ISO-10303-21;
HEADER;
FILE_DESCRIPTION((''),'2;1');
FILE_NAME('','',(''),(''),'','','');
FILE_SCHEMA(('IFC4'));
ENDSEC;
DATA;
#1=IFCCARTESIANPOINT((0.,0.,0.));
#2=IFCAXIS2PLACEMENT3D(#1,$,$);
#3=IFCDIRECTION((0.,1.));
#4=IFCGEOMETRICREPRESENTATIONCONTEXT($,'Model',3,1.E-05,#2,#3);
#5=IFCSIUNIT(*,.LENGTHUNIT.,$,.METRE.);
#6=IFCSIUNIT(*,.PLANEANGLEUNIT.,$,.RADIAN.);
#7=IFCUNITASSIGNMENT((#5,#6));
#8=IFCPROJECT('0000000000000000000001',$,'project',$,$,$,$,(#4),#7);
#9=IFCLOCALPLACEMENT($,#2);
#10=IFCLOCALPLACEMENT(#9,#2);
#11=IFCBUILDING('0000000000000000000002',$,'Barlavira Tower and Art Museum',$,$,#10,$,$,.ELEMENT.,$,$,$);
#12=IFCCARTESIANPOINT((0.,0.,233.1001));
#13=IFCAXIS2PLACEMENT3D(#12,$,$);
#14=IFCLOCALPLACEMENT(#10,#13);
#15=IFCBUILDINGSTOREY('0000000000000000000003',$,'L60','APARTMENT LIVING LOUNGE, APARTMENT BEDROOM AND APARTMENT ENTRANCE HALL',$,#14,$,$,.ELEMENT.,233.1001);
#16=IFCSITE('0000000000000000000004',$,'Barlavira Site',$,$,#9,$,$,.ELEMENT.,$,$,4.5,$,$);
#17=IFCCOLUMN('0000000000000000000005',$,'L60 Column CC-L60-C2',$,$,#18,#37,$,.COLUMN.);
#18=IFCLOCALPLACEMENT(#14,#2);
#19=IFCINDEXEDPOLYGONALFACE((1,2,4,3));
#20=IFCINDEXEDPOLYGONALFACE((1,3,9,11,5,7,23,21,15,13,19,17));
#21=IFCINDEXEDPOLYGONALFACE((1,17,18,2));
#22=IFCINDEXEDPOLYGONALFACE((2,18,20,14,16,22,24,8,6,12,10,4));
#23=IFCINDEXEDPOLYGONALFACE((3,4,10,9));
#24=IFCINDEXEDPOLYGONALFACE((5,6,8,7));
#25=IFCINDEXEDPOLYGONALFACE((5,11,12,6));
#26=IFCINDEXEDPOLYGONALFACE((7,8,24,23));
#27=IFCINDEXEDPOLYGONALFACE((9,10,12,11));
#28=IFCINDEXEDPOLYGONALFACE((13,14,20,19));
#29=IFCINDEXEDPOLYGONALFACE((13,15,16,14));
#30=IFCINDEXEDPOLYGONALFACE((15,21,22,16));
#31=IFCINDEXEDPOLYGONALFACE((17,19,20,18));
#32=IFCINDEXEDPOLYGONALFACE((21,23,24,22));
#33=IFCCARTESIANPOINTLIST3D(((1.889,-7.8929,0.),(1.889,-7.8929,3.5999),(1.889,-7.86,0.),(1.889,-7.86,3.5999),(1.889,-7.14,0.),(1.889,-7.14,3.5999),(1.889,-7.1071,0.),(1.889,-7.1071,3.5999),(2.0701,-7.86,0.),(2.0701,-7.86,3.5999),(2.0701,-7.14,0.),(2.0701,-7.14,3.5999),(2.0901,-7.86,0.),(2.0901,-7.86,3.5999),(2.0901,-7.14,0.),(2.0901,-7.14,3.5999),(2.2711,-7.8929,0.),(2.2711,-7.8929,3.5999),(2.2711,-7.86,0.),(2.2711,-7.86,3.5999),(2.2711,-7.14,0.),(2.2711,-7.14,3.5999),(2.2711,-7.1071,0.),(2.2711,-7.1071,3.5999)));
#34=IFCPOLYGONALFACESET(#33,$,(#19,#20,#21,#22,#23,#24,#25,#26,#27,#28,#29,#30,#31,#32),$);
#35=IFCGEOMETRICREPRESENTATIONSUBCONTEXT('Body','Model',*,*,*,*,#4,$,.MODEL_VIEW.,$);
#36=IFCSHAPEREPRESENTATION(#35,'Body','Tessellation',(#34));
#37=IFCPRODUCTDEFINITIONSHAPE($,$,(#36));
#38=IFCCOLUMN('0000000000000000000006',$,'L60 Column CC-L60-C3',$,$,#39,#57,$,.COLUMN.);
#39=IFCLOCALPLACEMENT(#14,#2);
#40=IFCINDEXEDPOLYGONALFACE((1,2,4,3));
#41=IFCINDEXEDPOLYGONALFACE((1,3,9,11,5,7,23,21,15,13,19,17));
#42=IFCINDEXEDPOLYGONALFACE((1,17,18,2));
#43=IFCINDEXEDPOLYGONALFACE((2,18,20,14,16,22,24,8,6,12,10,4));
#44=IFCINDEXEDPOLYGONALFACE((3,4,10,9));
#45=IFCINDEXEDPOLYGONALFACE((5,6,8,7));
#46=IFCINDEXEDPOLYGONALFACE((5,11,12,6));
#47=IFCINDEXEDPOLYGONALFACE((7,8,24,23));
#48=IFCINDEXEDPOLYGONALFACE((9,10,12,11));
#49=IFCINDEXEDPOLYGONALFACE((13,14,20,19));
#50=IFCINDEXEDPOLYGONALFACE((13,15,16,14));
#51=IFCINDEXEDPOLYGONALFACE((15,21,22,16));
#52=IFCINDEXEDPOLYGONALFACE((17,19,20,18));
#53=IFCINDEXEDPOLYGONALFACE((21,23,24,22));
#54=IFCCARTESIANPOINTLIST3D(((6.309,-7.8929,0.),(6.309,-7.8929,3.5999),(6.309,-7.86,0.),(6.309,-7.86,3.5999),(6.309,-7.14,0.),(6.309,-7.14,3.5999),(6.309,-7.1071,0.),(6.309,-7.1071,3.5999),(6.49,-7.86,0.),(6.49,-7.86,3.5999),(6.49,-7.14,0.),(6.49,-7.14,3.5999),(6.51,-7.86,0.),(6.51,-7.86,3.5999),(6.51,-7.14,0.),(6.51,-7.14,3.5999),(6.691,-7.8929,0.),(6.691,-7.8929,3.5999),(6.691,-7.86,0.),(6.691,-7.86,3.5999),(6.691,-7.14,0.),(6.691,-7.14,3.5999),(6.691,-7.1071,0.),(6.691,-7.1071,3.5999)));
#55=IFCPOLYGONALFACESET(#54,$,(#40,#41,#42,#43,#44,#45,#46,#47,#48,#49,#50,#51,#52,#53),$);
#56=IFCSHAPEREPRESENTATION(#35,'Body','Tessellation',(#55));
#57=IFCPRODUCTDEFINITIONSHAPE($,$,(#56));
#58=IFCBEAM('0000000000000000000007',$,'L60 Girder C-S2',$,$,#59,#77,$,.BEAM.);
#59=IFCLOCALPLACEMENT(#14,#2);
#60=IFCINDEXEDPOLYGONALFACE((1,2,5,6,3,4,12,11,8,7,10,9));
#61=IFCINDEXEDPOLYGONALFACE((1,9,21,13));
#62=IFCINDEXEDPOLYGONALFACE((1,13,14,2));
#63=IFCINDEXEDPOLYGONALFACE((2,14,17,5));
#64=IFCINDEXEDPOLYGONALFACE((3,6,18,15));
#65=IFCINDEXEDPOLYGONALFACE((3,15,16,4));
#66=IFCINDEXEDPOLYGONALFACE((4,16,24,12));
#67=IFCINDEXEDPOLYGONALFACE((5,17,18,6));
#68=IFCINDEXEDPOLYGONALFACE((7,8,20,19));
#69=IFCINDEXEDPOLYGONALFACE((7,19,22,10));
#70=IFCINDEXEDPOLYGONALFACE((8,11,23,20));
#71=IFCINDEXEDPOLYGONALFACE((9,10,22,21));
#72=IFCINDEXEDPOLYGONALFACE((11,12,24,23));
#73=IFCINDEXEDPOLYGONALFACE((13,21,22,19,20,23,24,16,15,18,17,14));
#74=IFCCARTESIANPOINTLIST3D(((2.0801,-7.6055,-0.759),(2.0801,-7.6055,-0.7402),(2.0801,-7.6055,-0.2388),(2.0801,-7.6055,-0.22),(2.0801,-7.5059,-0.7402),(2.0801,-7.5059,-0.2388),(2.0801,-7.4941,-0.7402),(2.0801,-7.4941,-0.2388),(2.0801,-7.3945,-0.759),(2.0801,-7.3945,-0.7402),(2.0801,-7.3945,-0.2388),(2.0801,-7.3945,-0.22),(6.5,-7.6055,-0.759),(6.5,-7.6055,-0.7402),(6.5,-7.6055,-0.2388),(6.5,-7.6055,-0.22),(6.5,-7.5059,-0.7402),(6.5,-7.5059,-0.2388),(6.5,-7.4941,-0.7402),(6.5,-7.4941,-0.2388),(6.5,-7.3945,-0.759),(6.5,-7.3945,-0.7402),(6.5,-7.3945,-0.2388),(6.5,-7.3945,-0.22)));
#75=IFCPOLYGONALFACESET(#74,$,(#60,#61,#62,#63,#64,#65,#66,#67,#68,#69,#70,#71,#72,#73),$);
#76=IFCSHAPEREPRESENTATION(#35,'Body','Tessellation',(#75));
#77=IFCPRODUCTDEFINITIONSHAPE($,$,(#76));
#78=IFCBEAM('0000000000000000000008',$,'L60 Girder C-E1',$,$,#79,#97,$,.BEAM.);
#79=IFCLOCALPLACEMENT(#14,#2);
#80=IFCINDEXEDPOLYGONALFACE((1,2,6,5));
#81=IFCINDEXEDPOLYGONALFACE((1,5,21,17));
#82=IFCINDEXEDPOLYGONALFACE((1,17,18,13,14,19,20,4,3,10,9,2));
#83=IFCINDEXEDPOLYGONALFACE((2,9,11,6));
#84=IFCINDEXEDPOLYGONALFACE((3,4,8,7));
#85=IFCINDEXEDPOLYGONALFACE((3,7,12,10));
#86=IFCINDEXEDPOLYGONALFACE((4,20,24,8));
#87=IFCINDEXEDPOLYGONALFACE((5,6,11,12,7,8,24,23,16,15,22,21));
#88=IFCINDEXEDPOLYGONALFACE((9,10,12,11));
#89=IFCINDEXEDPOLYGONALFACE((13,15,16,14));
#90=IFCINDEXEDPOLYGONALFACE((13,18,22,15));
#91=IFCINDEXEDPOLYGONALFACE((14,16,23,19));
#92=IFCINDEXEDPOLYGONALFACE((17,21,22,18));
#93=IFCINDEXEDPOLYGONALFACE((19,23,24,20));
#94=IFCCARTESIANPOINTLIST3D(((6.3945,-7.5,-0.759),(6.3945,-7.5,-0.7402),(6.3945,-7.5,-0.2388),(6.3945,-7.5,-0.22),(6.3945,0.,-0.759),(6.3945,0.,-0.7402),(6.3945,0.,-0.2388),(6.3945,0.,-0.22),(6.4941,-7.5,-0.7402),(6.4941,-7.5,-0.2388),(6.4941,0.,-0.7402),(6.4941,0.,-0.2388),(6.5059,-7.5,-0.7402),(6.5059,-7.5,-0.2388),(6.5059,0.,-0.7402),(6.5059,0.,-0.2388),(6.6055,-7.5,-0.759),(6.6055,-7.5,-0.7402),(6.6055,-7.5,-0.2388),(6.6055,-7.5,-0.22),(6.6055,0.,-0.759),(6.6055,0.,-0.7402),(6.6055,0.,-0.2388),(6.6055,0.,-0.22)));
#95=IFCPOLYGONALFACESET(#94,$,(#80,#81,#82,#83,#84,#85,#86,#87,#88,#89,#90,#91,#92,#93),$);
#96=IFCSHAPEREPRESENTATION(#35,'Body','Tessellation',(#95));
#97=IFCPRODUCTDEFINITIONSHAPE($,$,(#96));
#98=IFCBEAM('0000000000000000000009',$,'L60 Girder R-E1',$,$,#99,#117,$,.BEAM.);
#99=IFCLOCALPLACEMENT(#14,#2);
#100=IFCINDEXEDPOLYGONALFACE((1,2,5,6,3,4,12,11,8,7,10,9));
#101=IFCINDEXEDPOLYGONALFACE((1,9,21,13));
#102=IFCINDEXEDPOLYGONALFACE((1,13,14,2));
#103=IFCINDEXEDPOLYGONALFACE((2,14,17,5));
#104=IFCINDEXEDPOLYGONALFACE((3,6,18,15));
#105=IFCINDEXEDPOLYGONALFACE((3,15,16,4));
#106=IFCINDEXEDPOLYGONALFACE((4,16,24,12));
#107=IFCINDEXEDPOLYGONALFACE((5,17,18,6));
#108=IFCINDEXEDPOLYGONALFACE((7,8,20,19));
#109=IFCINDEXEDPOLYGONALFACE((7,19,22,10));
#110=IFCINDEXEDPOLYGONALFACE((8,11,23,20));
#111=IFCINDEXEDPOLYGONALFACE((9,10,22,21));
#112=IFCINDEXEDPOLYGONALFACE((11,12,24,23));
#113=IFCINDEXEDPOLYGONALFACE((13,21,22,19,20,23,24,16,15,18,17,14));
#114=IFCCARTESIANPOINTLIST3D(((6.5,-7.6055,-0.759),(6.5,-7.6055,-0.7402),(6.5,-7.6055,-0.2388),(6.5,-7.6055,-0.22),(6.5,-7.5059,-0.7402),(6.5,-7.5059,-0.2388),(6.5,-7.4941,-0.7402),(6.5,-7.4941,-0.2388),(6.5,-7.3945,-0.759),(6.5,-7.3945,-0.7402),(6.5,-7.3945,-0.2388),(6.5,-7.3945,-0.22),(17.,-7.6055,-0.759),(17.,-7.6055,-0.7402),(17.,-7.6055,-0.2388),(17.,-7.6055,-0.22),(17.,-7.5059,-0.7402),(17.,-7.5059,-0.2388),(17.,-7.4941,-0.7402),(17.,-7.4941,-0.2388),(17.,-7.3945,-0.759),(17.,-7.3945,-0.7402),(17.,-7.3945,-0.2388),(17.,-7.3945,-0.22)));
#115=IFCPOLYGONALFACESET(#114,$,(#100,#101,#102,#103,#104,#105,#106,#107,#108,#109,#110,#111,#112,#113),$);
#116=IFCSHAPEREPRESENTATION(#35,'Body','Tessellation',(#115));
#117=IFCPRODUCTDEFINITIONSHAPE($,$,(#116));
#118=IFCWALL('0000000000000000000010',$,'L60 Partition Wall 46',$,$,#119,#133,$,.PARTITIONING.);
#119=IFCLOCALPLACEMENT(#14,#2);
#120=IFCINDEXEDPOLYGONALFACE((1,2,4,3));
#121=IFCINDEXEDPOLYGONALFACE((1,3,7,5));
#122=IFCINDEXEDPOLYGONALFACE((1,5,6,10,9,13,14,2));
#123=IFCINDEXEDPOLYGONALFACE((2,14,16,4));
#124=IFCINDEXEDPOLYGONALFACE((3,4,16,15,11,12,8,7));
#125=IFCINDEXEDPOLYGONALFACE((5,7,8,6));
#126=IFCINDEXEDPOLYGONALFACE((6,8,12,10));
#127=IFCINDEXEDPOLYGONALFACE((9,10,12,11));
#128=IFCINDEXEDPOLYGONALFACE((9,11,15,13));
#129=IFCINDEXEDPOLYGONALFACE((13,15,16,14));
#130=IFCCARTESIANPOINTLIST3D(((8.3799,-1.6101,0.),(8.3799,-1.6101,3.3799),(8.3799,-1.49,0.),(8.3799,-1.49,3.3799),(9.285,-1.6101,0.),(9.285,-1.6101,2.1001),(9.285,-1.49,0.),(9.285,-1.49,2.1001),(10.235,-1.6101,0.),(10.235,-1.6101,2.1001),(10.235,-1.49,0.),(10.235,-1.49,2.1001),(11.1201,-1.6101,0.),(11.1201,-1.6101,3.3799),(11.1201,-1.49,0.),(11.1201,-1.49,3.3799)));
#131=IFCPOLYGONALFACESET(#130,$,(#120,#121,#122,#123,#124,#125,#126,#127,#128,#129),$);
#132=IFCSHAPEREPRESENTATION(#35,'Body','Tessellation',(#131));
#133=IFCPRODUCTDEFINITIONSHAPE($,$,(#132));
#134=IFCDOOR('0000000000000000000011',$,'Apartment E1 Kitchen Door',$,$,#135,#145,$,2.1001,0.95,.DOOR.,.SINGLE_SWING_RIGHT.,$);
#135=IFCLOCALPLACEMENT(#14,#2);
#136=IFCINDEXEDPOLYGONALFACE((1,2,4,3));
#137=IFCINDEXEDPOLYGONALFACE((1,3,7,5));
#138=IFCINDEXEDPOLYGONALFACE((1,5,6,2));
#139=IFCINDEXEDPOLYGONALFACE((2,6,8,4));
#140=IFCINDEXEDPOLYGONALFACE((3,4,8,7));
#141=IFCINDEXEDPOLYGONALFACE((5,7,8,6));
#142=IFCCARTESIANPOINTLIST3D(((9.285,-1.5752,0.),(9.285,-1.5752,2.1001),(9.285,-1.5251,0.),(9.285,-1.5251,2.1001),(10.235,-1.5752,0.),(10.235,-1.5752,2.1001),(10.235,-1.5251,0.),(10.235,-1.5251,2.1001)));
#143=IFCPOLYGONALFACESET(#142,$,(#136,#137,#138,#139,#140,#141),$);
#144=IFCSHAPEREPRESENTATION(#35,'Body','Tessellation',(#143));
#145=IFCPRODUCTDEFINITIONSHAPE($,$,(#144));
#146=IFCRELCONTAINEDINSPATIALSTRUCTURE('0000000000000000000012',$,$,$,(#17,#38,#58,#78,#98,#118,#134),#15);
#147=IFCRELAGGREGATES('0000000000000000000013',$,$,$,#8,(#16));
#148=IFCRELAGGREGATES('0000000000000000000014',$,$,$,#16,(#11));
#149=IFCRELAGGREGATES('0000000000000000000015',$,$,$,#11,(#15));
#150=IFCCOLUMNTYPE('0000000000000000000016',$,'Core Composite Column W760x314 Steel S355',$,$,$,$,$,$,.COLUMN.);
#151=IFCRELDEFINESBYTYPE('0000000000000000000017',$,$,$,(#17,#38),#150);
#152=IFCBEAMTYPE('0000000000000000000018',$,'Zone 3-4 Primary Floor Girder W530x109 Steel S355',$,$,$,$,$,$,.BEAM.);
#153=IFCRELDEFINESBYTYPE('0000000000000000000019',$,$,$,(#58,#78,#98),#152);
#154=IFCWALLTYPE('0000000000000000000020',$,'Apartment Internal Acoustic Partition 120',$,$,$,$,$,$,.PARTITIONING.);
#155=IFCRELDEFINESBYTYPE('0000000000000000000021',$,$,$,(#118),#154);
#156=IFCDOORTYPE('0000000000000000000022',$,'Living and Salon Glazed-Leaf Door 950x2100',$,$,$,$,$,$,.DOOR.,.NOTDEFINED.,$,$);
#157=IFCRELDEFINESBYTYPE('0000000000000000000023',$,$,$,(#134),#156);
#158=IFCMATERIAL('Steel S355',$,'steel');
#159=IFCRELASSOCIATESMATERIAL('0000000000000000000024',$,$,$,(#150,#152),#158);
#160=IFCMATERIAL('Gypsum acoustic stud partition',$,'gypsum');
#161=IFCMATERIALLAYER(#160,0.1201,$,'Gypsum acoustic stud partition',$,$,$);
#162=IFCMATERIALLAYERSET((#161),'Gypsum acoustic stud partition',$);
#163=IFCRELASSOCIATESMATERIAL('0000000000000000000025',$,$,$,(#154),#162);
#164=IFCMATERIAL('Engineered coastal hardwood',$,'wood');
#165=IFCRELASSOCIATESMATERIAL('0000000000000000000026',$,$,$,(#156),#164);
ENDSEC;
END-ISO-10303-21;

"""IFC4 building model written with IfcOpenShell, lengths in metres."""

from ifc_helpers import new_model, si_unit, direction, frame, frame_2d, origin, origin_2d, place, context, subcontext, project, spatial, rectangle, i_section, extrude, material, layer, layer_set, material_profile, profile_set, type_object, element, fill, save


model = new_model("IFC4")

# Units and contexts
model_context = context("Model", 3, precision=1e-05, world=origin(), true_north=direction((0.0, 1.0)))
body_context = subcontext(model_context, "Body", "Model", "MODEL_VIEW")
ifc_project = project(units=[si_unit("LENGTHUNIT", "METRE"), si_unit("PLANEANGLEUNIT", "RADIAN")], contexts=[model_context])

# Site, building, storey
site_placement = place(None, origin())
site = spatial("IfcSite", under=ifc_project, at=site_placement, Name="Barlavira Site", CompositionType="ELEMENT", RefElevation=4.5)
building_placement = place(site_placement, origin())
building = spatial("IfcBuilding", under=site, at=building_placement, Name="Barlavira Tower and Art Museum", CompositionType="ELEMENT")
storey_placement = place(building_placement, frame((0.0, 0.0, 233.1001)))
storey = spatial("IfcBuildingStorey", under=building, at=storey_placement, Name="L60", Description="APARTMENT LIVING LOUNGE, APARTMENT BEDROOM AND APARTMENT ENTRANCE HALL", CompositionType="ELEMENT", Elevation=233.1001)

# Columns
ifc_material_1 = material(Name="Steel S355", Category="steel")
ifc_material_profile_1 = material_profile(ifc_material_1, i_section(OverallWidth=0.3821, OverallDepth=0.7859, WebThickness=0.02, FlangeThickness=0.033, at=origin_2d()), Name="W760x314.0")
ifc_profile_set_1 = profile_set([ifc_material_profile_1], Name="Steel S355")
column_type = type_object("IfcColumnType", Name="Core Composite Column W760x314 Steel S355", PredefinedType="COLUMN", material=ifc_profile_set_1)
for number, where, z_axis, x_axis, name in (
    (1, (2.0801, -7.5, 0.0), (0.0, 0.0, 1.0), (1.0, 0.0, 0.0), "L60 Column CC-L60-C2"),
    (2, (6.5, -7.5, 0.0), (0.0, 0.0, 1.0), (1.0, 0.0, 0.0), "L60 Column CC-L60-C3"),
):
    element("IfcColumn", number, at=place(storey_placement, frame(where, z_axis=z_axis, x_axis=x_axis)), inside=storey, type_object=column_type, Name=name, PredefinedType="COLUMN", context=body_context, shape_type="SweptSolid", body=[
        extrude(i_section(OverallWidth=0.3821, OverallDepth=0.7859, WebThickness=0.02, FlangeThickness=0.033, at=origin_2d()), origin(), (0.0, 0.0, 1.0), 3.5999),
    ])

# Beams
ifc_material_profile_2 = material_profile(ifc_material_1, i_section(OverallWidth=0.2109, OverallDepth=0.5391, WebThickness=0.0117, FlangeThickness=0.0188, at=origin_2d()), Name="W530x109.0")
ifc_profile_set_2 = profile_set([ifc_material_profile_2], Name="Steel S355")
beam_type = type_object("IfcBeamType", Name="Zone 3-4 Primary Floor Girder W530x109 Steel S355", PredefinedType="BEAM", material=ifc_profile_set_2)
beam_1_placement = place(storey_placement, frame((2.0801, -7.5, -0.4895), z_axis=(1.0, 0.0, 0.0), x_axis=(0.0, 1.0, 0.0)))
element("IfcBeam", 3, at=beam_1_placement, inside=storey, type_object=beam_type, Name="L60 Girder C-S2", PredefinedType="BEAM", context=body_context, shape_type="SweptSolid", body=[
    extrude(i_section(OverallWidth=0.2109, OverallDepth=0.5391, WebThickness=0.0117, FlangeThickness=0.0188, at=origin_2d()), origin(), (0.0, 0.0, 1.0), 4.4199),
])
beam_2_placement = place(storey_placement, frame((6.5, -7.5, -0.4895), z_axis=(0.0, 1.0, 0.0), x_axis=(-1.0, 0.0, 0.0)))
element("IfcBeam", 4, at=beam_2_placement, inside=storey, type_object=beam_type, Name="L60 Girder C-E1", PredefinedType="BEAM", context=body_context, shape_type="SweptSolid", body=[
    extrude(i_section(OverallWidth=0.2109, OverallDepth=0.5391, WebThickness=0.0117, FlangeThickness=0.0188, at=origin_2d()), origin(), (0.0, 0.0, 1.0), 7.5),
])
beam_3_placement = place(storey_placement, frame((6.5, -7.5, -0.4895), z_axis=(1.0, 0.0, 0.0), x_axis=(0.0, 1.0, 0.0)))
element("IfcBeam", 5, at=beam_3_placement, inside=storey, type_object=beam_type, Name="L60 Girder R-E1", PredefinedType="BEAM", context=body_context, shape_type="SweptSolid", body=[
    extrude(i_section(OverallWidth=0.2109, OverallDepth=0.5391, WebThickness=0.0117, FlangeThickness=0.0188, at=origin_2d()), origin(), (0.0, 0.0, 1.0), 10.5),
])

# Wall, opening, door
ifc_material_2 = material(Name="Gypsum acoustic stud partition", Category="gypsum")
ifc_layer_1 = layer(ifc_material_2, 0.1201, Name="Gypsum acoustic stud partition")
ifc_layer_set_1 = layer_set([ifc_layer_1], Name="Gypsum acoustic stud partition")
wall_type_1 = type_object("IfcWallType", Name="Apartment Internal Acoustic Partition 120", PredefinedType="PARTITIONING", material=ifc_layer_set_1)
wall_1_placement = place(storey_placement, frame((8.3799, -1.55, 0.0), z_axis=(0.0, 0.0, 1.0), x_axis=(1.0, 0.0, 0.0)))
wall_1 = element("IfcWall", 6, at=wall_1_placement, inside=storey, type_object=wall_type_1, Name="L60 Partition Wall 46", PredefinedType="PARTITIONING", context=body_context, shape_type="SweptSolid", body=[
    extrude(rectangle(XDim=2.7402, YDim=0.1201, at=frame_2d((1.3701, 0.0))), origin(), (0.0, 0.0, 1.0), 3.3799),
])
opening_1_placement = place(wall_1_placement, frame((0.905, 0.0, 0.0)))
opening_1 = element("IfcOpeningElement", 7, at=opening_1_placement, cuts=wall_1, PredefinedType="OPENING", context=body_context, shape_type="SweptSolid", body=[
    extrude(rectangle(XDim=0.95, YDim=2.1001, at=frame_2d((0.4751, 1.05))), frame((0.0, 0.0701, 0.0), z_axis=(0.0, -1.0, 0.0), x_axis=(1.0, 0.0, 0.0)), (0.0, 0.0, 1.0), 0.1401),
])
ifc_material_3 = material(Name="Engineered coastal hardwood", Category="wood")
door_type_1 = type_object("IfcDoorType", Name="Living and Salon Glazed-Leaf Door 950x2100", OperationType="NOTDEFINED", PredefinedType="DOOR", material=ifc_material_3)
door_1_placement = place(opening_1_placement, origin())
door_1 = element("IfcDoor", 8, at=door_1_placement, inside=storey, type_object=door_type_1, Name="Apartment E1 Kitchen Door", OperationType="SINGLE_SWING_RIGHT", OverallHeight=2.1001, OverallWidth=0.95, PredefinedType="DOOR", context=body_context, shape_type="SweptSolid", body=[
    extrude(rectangle(XDim=0.95, YDim=2.1001, at=frame_2d((0.4751, 1.05))), frame((0.0, 0.0249, 0.0), z_axis=(0.0, -1.0, 0.0), x_axis=(1.0, 0.0, 0.0)), (0.0, 0.0, 1.0), 0.05),
])
fill(opening_1, door_1)

save(model, "model.ifc")
